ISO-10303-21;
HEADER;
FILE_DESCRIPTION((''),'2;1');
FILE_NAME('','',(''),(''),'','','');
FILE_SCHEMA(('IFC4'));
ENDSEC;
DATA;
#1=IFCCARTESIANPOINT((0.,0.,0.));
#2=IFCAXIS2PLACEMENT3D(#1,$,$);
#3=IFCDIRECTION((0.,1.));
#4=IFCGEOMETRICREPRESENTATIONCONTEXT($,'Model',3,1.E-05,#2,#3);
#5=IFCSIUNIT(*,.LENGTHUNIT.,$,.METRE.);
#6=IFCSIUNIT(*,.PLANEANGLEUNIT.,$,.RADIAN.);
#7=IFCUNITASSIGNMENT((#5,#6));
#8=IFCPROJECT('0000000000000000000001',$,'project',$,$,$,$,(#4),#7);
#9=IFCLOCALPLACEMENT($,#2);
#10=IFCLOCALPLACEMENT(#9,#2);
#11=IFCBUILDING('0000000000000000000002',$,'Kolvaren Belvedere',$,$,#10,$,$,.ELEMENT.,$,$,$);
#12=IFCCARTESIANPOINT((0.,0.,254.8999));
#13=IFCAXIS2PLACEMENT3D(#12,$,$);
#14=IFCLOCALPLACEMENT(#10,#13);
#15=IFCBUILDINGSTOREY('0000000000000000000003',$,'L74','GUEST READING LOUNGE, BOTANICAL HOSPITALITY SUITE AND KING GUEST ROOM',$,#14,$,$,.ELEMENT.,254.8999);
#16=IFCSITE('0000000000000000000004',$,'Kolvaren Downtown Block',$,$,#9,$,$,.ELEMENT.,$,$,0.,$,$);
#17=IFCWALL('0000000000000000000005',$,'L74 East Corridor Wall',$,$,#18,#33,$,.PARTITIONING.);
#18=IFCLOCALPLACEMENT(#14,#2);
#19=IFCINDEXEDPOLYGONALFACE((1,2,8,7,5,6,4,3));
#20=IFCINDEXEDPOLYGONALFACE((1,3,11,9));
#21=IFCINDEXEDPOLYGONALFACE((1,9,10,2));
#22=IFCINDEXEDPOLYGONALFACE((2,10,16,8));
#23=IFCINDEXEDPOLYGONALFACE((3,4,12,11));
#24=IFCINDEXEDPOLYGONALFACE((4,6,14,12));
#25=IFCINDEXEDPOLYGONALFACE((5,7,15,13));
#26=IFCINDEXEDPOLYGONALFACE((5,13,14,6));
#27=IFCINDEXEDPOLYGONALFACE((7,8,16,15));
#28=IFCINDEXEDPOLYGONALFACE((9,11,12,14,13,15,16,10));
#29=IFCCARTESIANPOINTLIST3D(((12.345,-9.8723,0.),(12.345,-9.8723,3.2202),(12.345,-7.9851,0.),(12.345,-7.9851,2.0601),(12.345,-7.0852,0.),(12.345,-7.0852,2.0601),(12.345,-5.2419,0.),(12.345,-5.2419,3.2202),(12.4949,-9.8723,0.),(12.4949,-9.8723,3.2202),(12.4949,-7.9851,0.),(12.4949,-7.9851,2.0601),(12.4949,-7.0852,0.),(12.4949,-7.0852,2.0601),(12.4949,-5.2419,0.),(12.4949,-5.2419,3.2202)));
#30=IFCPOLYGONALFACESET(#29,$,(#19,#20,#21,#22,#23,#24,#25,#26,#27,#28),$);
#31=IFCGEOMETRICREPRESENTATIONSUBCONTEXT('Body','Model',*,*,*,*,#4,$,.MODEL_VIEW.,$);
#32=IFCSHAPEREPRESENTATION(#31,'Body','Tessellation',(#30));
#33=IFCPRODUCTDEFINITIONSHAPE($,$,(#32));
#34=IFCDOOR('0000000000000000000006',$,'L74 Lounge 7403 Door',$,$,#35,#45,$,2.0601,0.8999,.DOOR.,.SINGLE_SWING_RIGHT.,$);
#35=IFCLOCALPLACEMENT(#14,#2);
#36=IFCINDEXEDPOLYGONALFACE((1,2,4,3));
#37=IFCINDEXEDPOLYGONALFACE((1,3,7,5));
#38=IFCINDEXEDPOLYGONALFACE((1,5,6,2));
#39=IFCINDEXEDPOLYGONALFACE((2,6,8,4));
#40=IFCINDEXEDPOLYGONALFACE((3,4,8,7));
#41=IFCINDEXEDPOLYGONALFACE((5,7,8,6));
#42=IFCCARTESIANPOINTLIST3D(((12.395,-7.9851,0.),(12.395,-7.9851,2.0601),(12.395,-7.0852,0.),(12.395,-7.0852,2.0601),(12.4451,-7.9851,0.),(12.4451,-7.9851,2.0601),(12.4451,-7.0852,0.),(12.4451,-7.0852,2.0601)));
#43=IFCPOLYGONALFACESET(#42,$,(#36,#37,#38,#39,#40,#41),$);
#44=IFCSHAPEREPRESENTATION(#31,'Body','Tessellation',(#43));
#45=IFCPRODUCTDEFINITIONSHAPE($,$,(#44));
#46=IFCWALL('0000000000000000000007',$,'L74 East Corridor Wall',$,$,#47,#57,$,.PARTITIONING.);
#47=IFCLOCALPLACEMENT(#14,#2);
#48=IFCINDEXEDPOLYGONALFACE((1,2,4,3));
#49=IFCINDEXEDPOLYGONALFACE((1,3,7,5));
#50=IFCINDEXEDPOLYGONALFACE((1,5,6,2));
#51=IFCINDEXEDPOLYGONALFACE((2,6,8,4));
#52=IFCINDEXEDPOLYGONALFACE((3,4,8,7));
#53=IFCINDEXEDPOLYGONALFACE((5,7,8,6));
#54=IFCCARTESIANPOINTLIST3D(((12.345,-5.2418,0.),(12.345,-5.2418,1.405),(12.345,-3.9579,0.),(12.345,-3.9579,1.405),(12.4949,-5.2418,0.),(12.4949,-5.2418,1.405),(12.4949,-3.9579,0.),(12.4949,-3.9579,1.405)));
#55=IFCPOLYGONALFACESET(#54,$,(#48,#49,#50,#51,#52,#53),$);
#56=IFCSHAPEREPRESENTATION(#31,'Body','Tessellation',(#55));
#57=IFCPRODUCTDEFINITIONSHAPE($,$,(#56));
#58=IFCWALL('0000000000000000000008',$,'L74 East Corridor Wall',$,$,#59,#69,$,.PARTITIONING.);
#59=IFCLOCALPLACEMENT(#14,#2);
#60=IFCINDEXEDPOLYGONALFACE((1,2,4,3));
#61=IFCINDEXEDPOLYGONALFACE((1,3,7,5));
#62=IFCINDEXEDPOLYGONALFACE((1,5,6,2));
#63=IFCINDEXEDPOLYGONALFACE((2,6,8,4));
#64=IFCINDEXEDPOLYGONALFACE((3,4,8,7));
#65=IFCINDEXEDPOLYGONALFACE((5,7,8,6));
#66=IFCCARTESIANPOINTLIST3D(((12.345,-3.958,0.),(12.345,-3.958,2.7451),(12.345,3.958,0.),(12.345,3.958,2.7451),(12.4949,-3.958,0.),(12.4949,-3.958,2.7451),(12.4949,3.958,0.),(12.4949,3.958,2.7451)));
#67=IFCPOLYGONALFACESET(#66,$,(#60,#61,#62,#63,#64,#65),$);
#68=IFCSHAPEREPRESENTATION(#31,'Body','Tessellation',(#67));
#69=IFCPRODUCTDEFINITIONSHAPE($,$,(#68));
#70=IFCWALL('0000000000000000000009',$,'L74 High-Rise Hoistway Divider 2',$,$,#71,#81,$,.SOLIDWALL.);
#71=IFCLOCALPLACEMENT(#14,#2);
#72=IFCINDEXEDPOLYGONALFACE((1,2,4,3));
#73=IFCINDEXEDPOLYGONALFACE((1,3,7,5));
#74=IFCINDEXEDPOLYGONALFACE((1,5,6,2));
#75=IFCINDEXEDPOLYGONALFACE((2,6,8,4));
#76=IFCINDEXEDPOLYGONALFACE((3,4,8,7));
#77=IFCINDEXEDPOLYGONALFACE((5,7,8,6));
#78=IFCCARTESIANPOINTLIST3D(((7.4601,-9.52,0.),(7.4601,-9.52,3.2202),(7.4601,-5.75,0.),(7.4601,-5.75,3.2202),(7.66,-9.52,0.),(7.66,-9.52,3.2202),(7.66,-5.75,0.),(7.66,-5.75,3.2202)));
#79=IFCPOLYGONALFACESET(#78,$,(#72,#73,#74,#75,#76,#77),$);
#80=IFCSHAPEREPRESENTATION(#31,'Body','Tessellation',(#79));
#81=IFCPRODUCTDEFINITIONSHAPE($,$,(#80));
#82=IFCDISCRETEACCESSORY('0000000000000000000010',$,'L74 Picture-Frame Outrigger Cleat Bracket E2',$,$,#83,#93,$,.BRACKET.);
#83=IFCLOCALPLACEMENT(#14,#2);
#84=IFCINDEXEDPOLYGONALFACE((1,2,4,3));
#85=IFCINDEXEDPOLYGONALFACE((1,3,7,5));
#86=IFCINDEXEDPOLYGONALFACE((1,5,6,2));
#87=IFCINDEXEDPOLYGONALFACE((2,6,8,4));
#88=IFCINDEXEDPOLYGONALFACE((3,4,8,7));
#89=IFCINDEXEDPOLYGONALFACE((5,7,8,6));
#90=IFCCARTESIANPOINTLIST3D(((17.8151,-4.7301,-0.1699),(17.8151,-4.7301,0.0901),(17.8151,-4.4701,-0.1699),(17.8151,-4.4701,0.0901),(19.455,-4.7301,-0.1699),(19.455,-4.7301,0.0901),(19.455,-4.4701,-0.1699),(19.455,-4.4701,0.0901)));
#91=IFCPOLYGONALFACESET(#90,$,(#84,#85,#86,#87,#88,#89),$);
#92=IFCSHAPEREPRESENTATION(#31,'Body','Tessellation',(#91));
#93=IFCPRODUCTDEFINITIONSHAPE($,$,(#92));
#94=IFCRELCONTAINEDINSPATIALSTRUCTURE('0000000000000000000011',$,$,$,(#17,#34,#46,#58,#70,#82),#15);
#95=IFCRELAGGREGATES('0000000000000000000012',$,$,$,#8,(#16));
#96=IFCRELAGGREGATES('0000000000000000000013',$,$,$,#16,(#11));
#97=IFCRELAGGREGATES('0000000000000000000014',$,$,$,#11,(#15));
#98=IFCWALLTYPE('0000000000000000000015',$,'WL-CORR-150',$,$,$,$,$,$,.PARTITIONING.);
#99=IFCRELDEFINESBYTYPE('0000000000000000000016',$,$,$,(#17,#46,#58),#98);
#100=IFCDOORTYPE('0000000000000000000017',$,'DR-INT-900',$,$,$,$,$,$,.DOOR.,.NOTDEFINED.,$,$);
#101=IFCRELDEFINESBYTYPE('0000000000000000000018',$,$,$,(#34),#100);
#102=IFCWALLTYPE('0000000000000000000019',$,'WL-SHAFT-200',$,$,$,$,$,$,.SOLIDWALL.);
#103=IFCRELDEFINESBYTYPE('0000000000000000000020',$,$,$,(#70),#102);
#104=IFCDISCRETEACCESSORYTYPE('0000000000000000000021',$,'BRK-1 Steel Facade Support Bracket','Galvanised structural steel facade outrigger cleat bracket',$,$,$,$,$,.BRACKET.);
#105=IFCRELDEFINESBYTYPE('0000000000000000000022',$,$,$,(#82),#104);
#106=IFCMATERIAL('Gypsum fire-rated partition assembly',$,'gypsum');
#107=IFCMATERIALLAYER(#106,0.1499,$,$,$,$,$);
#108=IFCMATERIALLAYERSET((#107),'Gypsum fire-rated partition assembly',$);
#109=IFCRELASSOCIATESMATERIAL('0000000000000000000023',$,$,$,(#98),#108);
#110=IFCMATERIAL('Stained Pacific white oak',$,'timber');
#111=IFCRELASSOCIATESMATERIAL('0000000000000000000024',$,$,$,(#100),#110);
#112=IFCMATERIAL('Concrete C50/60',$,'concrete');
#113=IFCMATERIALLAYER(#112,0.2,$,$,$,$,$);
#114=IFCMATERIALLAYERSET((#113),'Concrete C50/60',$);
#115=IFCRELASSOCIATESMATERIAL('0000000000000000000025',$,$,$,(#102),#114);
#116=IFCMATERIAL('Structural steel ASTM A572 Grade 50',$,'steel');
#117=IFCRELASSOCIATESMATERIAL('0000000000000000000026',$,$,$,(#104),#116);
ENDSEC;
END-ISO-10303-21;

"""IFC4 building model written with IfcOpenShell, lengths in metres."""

from ifc_helpers import new_model, si_unit, direction, frame, frame_2d, origin, origin_2d, place, context, subcontext, project, spatial, rectangle, extrude, material, layer, layer_set, type_object, element, fill, save


model = new_model("IFC4")

# Units and contexts
model_context = context("Model", 3, precision=1e-05, world=origin(), true_north=direction((0.0, 1.0)))
body_context = subcontext(model_context, "Body", "Model", "MODEL_VIEW")
ifc_project = project(units=[si_unit("LENGTHUNIT", "METRE"), si_unit("PLANEANGLEUNIT", "RADIAN")], contexts=[model_context])

# Site, building, storey
site_placement = place(None, origin())
site = spatial("IfcSite", under=ifc_project, at=site_placement, Name="Kolvaren Downtown Block", CompositionType="ELEMENT", RefElevation=0.0)
building_placement = place(site_placement, origin())
building = spatial("IfcBuilding", under=site, at=building_placement, Name="Kolvaren Belvedere", CompositionType="ELEMENT")
storey_placement = place(building_placement, frame((0.0, 0.0, 254.8999)))
storey = spatial("IfcBuildingStorey", under=building, at=storey_placement, Name="L74", Description="GUEST READING LOUNGE, BOTANICAL HOSPITALITY SUITE AND KING GUEST ROOM", CompositionType="ELEMENT", Elevation=254.8999)

# Wall, opening, door
ifc_material_1 = material(Name="Gypsum fire-rated partition assembly", Category="gypsum")
ifc_layer_1 = layer(ifc_material_1, 0.1499)
ifc_layer_set_1 = layer_set([ifc_layer_1], Name="Gypsum fire-rated partition assembly")
wall_type_1 = type_object("IfcWallType", Name="WL-CORR-150", PredefinedType="PARTITIONING", material=ifc_layer_set_1)
wall_1_placement = place(storey_placement, frame((12.4199, -9.8723, 0.0), z_axis=(0.0, 0.0, 1.0), x_axis=(0.0, 1.0, 0.0)))
wall_1 = element("IfcWall", 1, at=wall_1_placement, inside=storey, type_object=wall_type_1, Name="L74 East Corridor Wall", PredefinedType="PARTITIONING", context=body_context, shape_type="SweptSolid", body=[
    extrude(rectangle(XDim=4.6304, YDim=0.1499, at=frame_2d((2.3152, 0.0))), origin(), (0.0, 0.0, 1.0), 3.2202),
])
opening_1_placement = place(wall_1_placement, frame((1.8872, 0.0, 0.0)))
opening_1 = element("IfcOpeningElement", 2, at=opening_1_placement, cuts=wall_1, PredefinedType="OPENING", context=body_context, shape_type="SweptSolid", body=[
    extrude(rectangle(XDim=0.8999, YDim=2.0601, at=frame_2d((0.45, 1.03))), frame((0.0, 0.085, 0.0), z_axis=(0.0, -1.0, 0.0), x_axis=(1.0, 0.0, 0.0)), (0.0, 0.0, 1.0), 0.1699),
])
ifc_material_2 = material(Name="Stained Pacific white oak", Category="timber")
door_type_1 = type_object("IfcDoorType", Name="DR-INT-900", OperationType="NOTDEFINED", PredefinedType="DOOR", material=ifc_material_2)
door_1_placement = place(opening_1_placement, origin())
door_1 = element("IfcDoor", 3, at=door_1_placement, inside=storey, type_object=door_type_1, Name="L74 Lounge 7403 Door", OperationType="SINGLE_SWING_RIGHT", OverallHeight=2.0601, OverallWidth=0.8999, PredefinedType="DOOR", context=body_context, shape_type="SweptSolid", body=[
    extrude(rectangle(XDim=0.8999, YDim=2.0601, at=frame_2d((0.45, 1.03))), frame((0.0, 0.0249, 0.0), z_axis=(0.0, -1.0, 0.0), x_axis=(1.0, 0.0, 0.0)), (0.0, 0.0, 1.0), 0.05),
])
fill(opening_1, door_1)

# Walls
wall_2_placement = place(storey_placement, frame((12.4199, -5.2419, 0.0), z_axis=(0.0, 0.0, 1.0), x_axis=(0.0, 1.0, 0.0)))
element("IfcWall", 4, at=wall_2_placement, inside=storey, type_object=wall_type_1, Name="L74 East Corridor Wall", PredefinedType="PARTITIONING", context=body_context, shape_type="SweptSolid", body=[
    extrude(rectangle(XDim=1.2839, YDim=0.1499, at=frame_2d((0.6421, 0.0))), origin(), (0.0, 0.0, 1.0), 1.405),
])
wall_3_placement = place(storey_placement, frame((12.4199, -3.958, 0.0), z_axis=(0.0, 0.0, 1.0), x_axis=(0.0, 1.0, 0.0)))
element("IfcWall", 5, at=wall_3_placement, inside=storey, type_object=wall_type_1, Name="L74 East Corridor Wall", PredefinedType="PARTITIONING", context=body_context, shape_type="SweptSolid", body=[
    extrude(rectangle(XDim=7.916, YDim=0.1499, at=frame_2d((3.958, 0.0))), origin(), (0.0, 0.0, 1.0), 2.7451),
])
ifc_material_3 = material(Name="Concrete C50/60", Category="concrete")
ifc_layer_2 = layer(ifc_material_3, 0.2)
ifc_layer_set_2 = layer_set([ifc_layer_2], Name="Concrete C50/60")
wall_type_2 = type_object("IfcWallType", Name="WL-SHAFT-200", PredefinedType="SOLIDWALL", material=ifc_layer_set_2)
wall_4_placement = place(storey_placement, frame((7.5601, -9.52, 0.0), z_axis=(0.0, 0.0, 1.0), x_axis=(0.0, 1.0, 0.0)))
element("IfcWall", 6, at=wall_4_placement, inside=storey, type_object=wall_type_2, Name="L74 High-Rise Hoistway Divider 2", PredefinedType="SOLIDWALL", context=body_context, shape_type="SweptSolid", body=[
    extrude(rectangle(XDim=3.77, YDim=0.2, at=frame_2d((1.885, 0.0))), origin(), (0.0, 0.0, 1.0), 3.2202),
])

# Discrete accessory
ifc_material_4 = material(Name="Structural steel ASTM A572 Grade 50", Category="steel")
discrete_accessory_type = type_object("IfcDiscreteAccessoryType", Name="BRK-1 Steel Facade Support Bracket", Description="Galvanised structural steel facade outrigger cleat bracket", PredefinedType="BRACKET", material=ifc_material_4)
discrete_accessory_placement = place(storey_placement, frame((18.635, -4.6001, -0.1699), z_axis=(0.0, 0.0, 1.0), x_axis=(1.0, 0.0, 0.0)))
element("IfcDiscreteAccessory", 7, at=discrete_accessory_placement, inside=storey, type_object=discrete_accessory_type, Name="L74 Picture-Frame Outrigger Cleat Bracket E2", PredefinedType="BRACKET", context=body_context, shape_type="SweptSolid", body=[
    extrude(rectangle(XDim=1.6399, YDim=0.26, at=origin_2d()), origin(), (0.0, 0.0, 1.0), 0.26),
])

save(model, "model.ifc")
